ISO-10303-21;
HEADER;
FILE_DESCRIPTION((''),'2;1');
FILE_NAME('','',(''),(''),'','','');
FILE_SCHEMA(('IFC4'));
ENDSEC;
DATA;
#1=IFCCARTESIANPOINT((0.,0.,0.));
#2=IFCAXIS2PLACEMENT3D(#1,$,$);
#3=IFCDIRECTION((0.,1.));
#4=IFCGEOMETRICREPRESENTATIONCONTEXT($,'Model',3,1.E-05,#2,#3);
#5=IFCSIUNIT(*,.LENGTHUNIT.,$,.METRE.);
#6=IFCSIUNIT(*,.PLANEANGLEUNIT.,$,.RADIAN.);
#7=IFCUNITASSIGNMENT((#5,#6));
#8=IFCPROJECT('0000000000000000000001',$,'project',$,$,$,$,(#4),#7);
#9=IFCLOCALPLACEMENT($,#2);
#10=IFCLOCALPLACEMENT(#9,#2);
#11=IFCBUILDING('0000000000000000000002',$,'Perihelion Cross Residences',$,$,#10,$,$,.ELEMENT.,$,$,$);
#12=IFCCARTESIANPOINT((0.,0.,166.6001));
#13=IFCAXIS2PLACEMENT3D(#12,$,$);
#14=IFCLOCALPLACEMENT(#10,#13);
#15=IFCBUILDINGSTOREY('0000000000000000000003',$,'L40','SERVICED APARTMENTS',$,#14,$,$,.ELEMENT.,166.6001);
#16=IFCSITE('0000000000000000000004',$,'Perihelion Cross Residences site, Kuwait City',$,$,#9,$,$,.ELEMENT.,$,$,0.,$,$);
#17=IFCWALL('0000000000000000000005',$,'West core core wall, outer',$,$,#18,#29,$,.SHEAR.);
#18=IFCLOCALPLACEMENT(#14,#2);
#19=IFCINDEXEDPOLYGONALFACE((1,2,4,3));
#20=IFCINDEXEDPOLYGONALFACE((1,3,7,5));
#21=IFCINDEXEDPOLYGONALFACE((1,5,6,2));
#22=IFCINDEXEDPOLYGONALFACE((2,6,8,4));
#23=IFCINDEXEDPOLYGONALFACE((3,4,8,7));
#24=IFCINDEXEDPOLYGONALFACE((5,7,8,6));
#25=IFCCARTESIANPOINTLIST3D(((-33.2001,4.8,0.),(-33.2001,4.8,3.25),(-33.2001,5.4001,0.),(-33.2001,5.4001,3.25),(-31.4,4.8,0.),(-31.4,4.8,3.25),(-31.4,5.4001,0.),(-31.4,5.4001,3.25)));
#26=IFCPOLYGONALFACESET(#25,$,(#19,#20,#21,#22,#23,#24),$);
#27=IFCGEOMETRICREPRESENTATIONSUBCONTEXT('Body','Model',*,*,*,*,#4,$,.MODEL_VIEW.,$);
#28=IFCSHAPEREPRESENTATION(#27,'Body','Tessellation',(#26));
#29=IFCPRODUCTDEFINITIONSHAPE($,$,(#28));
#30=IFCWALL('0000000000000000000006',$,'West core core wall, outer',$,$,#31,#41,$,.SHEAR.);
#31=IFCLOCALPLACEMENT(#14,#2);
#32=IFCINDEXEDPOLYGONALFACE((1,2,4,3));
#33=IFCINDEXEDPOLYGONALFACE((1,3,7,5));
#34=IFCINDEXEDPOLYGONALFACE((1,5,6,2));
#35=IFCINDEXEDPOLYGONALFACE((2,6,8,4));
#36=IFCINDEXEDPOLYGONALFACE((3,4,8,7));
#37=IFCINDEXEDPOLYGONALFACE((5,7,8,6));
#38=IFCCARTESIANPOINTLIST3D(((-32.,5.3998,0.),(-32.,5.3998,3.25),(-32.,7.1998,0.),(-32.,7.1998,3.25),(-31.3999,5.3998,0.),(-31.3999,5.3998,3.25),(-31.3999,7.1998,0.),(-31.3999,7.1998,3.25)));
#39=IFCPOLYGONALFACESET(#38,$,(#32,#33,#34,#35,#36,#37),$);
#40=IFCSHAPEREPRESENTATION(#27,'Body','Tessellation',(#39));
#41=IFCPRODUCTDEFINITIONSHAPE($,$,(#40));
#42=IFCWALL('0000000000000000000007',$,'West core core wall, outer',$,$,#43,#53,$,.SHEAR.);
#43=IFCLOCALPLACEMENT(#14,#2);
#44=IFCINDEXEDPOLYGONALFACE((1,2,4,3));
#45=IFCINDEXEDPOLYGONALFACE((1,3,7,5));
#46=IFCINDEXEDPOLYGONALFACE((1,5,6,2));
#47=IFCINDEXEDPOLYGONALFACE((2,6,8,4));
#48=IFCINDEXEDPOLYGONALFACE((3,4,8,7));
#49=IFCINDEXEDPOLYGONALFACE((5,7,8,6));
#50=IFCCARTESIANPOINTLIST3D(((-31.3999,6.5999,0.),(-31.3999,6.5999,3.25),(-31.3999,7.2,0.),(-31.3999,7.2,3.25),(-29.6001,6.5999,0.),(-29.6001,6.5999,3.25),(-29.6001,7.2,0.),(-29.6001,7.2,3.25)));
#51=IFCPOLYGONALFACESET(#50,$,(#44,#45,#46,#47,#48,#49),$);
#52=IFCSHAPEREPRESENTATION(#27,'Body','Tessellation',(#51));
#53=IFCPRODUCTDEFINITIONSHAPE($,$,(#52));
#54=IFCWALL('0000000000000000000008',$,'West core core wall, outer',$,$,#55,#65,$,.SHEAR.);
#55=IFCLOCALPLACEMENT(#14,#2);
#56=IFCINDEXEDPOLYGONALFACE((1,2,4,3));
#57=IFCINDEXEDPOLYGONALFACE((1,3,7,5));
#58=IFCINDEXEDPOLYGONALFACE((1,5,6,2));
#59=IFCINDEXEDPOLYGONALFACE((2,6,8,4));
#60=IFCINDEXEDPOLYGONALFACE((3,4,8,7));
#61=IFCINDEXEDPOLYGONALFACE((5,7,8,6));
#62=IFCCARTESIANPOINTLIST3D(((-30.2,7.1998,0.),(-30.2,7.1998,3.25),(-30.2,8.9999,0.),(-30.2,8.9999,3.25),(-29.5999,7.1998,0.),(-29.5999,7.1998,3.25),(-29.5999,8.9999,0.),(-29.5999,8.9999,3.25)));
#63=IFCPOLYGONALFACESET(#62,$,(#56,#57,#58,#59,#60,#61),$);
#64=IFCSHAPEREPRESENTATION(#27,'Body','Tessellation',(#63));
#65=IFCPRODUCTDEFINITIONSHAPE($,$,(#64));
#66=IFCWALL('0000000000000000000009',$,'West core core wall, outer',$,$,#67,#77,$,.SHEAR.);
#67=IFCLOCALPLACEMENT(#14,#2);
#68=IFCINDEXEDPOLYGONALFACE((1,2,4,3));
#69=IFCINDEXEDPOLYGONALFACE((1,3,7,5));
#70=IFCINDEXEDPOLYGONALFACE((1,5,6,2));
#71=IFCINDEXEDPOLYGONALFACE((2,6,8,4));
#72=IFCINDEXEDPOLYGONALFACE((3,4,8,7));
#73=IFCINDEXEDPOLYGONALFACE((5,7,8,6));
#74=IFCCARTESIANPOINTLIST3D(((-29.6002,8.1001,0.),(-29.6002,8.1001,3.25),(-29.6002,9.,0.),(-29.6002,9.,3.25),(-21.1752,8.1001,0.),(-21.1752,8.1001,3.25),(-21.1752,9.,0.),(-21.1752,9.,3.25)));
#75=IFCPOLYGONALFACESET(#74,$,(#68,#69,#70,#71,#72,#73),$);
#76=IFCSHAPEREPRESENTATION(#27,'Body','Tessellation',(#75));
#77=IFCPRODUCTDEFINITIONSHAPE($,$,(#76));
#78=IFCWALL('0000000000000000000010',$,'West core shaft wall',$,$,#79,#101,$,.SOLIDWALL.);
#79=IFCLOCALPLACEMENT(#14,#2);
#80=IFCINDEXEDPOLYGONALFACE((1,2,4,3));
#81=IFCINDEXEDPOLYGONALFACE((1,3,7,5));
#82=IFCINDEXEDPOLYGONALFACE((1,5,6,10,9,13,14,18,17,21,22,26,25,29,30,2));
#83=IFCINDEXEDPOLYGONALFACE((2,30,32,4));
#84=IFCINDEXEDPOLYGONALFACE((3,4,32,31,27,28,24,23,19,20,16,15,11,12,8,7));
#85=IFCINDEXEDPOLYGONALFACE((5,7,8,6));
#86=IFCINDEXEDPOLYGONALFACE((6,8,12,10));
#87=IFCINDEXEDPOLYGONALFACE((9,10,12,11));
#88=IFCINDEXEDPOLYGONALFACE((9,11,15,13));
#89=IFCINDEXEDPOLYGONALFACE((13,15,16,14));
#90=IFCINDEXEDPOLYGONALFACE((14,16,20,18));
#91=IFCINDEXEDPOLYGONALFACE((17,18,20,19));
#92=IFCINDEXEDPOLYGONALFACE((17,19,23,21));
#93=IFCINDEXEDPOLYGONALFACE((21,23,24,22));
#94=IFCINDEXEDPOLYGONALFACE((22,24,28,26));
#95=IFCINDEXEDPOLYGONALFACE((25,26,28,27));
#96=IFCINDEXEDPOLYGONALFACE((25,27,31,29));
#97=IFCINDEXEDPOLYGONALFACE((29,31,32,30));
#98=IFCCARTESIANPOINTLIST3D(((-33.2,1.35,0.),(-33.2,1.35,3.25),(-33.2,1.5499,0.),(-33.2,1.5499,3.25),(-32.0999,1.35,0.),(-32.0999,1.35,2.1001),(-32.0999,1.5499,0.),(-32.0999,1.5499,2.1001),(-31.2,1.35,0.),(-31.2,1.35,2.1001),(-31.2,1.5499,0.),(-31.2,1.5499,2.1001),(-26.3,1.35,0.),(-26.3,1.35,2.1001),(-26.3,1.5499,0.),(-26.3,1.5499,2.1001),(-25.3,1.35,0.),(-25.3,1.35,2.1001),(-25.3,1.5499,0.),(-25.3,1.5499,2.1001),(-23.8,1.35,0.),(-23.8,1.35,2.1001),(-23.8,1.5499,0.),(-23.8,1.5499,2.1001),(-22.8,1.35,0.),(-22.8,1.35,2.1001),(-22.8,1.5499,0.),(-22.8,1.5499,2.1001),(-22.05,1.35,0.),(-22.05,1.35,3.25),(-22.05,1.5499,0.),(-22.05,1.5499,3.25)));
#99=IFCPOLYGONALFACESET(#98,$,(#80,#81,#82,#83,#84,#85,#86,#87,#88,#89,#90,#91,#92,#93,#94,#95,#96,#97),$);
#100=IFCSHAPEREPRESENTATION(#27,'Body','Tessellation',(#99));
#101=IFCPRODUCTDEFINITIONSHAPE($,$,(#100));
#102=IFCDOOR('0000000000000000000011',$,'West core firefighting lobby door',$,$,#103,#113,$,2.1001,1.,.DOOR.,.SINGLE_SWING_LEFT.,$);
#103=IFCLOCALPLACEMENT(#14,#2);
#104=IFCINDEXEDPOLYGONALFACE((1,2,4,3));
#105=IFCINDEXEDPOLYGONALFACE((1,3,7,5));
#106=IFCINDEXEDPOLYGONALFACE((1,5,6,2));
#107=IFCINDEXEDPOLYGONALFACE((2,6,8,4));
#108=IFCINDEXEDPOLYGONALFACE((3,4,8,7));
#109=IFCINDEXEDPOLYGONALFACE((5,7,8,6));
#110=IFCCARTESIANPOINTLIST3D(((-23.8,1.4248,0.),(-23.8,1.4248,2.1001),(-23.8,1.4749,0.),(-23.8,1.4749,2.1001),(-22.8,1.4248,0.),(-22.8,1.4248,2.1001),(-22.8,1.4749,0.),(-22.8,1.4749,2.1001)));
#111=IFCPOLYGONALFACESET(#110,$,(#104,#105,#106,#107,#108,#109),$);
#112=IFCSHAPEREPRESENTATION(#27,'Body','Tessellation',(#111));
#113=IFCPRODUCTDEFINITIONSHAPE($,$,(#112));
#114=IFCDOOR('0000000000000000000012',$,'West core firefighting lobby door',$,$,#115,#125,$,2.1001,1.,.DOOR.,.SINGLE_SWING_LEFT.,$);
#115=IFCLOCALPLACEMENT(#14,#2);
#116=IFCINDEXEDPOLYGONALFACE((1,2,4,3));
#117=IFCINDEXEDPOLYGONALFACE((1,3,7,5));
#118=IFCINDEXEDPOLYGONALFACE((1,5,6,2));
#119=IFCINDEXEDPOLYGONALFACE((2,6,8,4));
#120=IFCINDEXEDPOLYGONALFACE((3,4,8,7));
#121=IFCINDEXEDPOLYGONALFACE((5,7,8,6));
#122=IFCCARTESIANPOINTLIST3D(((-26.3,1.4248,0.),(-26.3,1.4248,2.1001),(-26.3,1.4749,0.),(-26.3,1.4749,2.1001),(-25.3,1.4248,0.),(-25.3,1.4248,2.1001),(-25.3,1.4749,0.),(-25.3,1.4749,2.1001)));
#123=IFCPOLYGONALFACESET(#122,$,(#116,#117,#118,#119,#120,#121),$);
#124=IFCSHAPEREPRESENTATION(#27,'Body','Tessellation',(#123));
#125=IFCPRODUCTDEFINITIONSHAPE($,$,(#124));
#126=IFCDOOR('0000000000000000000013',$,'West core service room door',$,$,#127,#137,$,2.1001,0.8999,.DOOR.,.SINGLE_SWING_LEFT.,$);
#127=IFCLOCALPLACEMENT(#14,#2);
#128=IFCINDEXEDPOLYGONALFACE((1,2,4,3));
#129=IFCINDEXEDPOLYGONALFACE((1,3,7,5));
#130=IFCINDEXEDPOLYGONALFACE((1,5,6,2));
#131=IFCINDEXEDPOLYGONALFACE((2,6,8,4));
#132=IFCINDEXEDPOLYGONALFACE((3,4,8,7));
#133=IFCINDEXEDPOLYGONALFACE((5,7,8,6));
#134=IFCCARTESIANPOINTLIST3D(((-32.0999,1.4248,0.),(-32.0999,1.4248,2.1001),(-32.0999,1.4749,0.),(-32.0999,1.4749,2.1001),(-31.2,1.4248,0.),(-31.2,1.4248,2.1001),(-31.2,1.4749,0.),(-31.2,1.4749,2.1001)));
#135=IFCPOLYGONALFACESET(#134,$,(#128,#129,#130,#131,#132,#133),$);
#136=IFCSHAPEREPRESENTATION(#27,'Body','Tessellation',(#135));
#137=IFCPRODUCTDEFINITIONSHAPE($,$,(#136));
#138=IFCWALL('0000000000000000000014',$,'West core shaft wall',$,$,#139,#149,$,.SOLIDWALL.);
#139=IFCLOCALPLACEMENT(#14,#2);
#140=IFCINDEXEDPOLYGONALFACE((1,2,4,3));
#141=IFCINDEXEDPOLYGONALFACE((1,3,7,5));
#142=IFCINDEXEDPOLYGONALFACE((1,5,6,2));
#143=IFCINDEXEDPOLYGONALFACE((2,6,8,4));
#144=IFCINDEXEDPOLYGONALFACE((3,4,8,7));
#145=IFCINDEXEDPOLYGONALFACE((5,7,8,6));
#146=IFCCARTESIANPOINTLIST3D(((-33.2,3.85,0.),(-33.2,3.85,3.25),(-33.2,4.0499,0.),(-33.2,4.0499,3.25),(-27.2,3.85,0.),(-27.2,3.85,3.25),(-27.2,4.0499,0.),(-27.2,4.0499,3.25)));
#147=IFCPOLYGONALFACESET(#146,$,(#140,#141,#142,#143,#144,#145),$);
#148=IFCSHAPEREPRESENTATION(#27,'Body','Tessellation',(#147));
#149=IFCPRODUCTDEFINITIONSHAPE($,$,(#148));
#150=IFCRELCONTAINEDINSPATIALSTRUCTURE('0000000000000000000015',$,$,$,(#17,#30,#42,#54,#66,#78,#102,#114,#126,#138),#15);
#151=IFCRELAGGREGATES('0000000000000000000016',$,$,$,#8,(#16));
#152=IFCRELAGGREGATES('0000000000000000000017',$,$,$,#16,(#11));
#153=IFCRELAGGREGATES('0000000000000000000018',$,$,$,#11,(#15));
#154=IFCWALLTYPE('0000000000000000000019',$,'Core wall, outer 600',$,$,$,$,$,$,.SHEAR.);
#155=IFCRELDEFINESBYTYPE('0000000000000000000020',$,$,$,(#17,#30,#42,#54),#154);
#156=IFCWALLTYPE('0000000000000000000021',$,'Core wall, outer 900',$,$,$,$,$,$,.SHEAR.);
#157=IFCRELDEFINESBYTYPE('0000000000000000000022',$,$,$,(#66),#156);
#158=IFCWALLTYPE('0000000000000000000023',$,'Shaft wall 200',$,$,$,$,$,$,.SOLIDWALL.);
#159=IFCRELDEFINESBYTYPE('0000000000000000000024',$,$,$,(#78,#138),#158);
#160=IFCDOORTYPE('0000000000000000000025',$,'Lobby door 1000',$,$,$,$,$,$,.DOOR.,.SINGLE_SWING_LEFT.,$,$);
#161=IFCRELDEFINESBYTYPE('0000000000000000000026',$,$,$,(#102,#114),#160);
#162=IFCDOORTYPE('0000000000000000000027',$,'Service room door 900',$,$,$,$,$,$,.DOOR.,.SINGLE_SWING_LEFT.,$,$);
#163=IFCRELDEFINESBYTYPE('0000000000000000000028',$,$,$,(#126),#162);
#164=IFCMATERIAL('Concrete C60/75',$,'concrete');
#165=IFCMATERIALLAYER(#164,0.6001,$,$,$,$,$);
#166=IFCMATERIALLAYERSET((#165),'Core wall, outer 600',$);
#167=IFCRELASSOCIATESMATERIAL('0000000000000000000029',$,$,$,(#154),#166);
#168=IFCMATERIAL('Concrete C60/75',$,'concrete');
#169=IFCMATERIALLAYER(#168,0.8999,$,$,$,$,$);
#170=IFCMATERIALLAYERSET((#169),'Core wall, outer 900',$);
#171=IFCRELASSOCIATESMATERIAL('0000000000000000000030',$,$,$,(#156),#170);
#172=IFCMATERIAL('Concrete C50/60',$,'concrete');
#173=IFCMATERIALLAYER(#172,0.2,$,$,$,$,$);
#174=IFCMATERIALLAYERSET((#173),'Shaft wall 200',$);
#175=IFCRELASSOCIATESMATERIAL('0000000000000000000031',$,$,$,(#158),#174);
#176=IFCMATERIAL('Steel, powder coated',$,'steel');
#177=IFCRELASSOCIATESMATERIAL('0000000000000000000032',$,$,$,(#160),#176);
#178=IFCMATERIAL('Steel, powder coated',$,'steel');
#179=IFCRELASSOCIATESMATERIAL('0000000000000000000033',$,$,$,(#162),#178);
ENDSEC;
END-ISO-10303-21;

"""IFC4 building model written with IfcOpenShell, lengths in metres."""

from ifc_helpers import new_model, si_unit, direction, frame, frame_2d, origin, place, context, subcontext, project, spatial, rectangle, extrude, material, layer, layer_set, type_object, element, fill, save


model = new_model("IFC4")

# Units and contexts
model_context = context("Model", 3, precision=1e-05, world=origin(), true_north=direction((0.0, 1.0)))
body_context = subcontext(model_context, "Body", "Model", "MODEL_VIEW")
ifc_project = project(units=[si_unit("LENGTHUNIT", "METRE"), si_unit("PLANEANGLEUNIT", "RADIAN")], contexts=[model_context])

# Site, building, storey
site_placement = place(None, origin())
site = spatial("IfcSite", under=ifc_project, at=site_placement, Name="Perihelion Cross Residences site, Kuwait City", CompositionType="ELEMENT", RefElevation=0.0)
building_placement = place(site_placement, origin())
building = spatial("IfcBuilding", under=site, at=building_placement, Name="Perihelion Cross Residences", CompositionType="ELEMENT")
storey_placement = place(building_placement, frame((0.0, 0.0, 166.6001)))
storey = spatial("IfcBuildingStorey", under=building, at=storey_placement, Name="L40", Description="SERVICED APARTMENTS", CompositionType="ELEMENT", Elevation=166.6001)

# Walls
ifc_material_1 = material(Name="Concrete C60/75", Category="concrete")
ifc_layer_1 = layer(ifc_material_1, 0.6001)
ifc_layer_set_1 = layer_set([ifc_layer_1], Name="Core wall, outer 600")
wall_type_1 = type_object("IfcWallType", Name="Core wall, outer 600", PredefinedType="SHEAR", material=ifc_layer_set_1)
for number, where, z_axis, x_axis, name in (
    (1, (-33.2, 5.1001, 0.0), (0.0, 0.0, 1.0), (1.0, 0.0, 0.0), "West core core wall, outer"),
    (2, (-31.7, 5.3999, 0.0), (0.0, 0.0, 1.0), (0.0, 1.0, 0.0), "West core core wall, outer"),
):
    element("IfcWall", number, at=place(storey_placement, frame(where, z_axis=z_axis, x_axis=x_axis)), inside=storey, type_object=wall_type_1, Name=name, PredefinedType="SHEAR", context=body_context, shape_type="SweptSolid", body=[
        extrude(rectangle(XDim=1.8, YDim=0.6001, at=frame_2d((0.8999, 0.0))), origin(), (0.0, 0.0, 1.0), 3.25),
    ])
wall_1_placement = place(storey_placement, frame((-31.3999, 6.8999, 0.0), z_axis=(0.0, 0.0, 1.0), x_axis=(1.0, 0.0, 0.0)))
element("IfcWall", 3, at=wall_1_placement, inside=storey, type_object=wall_type_1, Name="West core core wall, outer", PredefinedType="SHEAR", context=body_context, shape_type="SweptSolid", body=[
    extrude(rectangle(XDim=1.7998, YDim=0.6001, at=frame_2d((0.8999, 0.0))), origin(), (0.0, 0.0, 1.0), 3.25),
])
wall_2_placement = place(storey_placement, frame((-29.8999, 7.2, 0.0), z_axis=(0.0, 0.0, 1.0), x_axis=(0.0, 1.0, 0.0)))
element("IfcWall", 4, at=wall_2_placement, inside=storey, type_object=wall_type_1, Name="West core core wall, outer", PredefinedType="SHEAR", context=body_context, shape_type="SweptSolid", body=[
    extrude(rectangle(XDim=1.8, YDim=0.6001, at=frame_2d((0.8999, 0.0))), origin(), (0.0, 0.0, 1.0), 3.25),
])
ifc_material_2 = material(Name="Concrete C60/75", Category="concrete")
ifc_layer_2 = layer(ifc_material_2, 0.8999)
ifc_layer_set_2 = layer_set([ifc_layer_2], Name="Core wall, outer 900")
wall_type_2 = type_object("IfcWallType", Name="Core wall, outer 900", PredefinedType="SHEAR", material=ifc_layer_set_2)
wall_3_placement = place(storey_placement, frame((-29.6001, 8.55, 0.0), z_axis=(0.0, 0.0, 1.0), x_axis=(1.0, 0.0, 0.0)))
element("IfcWall", 5, at=wall_3_placement, inside=storey, type_object=wall_type_2, Name="West core core wall, outer", PredefinedType="SHEAR", context=body_context, shape_type="SweptSolid", body=[
    extrude(rectangle(XDim=8.425, YDim=0.8999, at=frame_2d((4.2124, 0.0))), origin(), (0.0, 0.0, 1.0), 3.25),
])

# Wall, openings, doors
ifc_material_3 = material(Name="Concrete C50/60", Category="concrete")
ifc_layer_3 = layer(ifc_material_3, 0.2)
ifc_layer_set_3 = layer_set([ifc_layer_3], Name="Shaft wall 200")
wall_type_3 = type_object("IfcWallType", Name="Shaft wall 200", PredefinedType="SOLIDWALL", material=ifc_layer_set_3)
wall_4_placement = place(storey_placement, frame((-33.2, 1.45, 0.0), z_axis=(0.0, 0.0, 1.0), x_axis=(1.0, 0.0, 0.0)))
wall_4 = element("IfcWall", 6, at=wall_4_placement, inside=storey, type_object=wall_type_3, Name="West core shaft wall", PredefinedType="SOLIDWALL", context=body_context, shape_type="SweptSolid", body=[
    extrude(rectangle(XDim=11.1499, YDim=0.2, at=frame_2d((5.575, 0.0))), origin(), (0.0, 0.0, 1.0), 3.25),
])
opening_1_placement = place(wall_4_placement, frame((9.3999, 0.0, 0.0)))
opening_1 = element("IfcOpeningElement", 7, at=opening_1_placement, cuts=wall_4, PredefinedType="OPENING", context=body_context, shape_type="SweptSolid", body=[
    extrude(rectangle(XDim=1.0, YDim=2.1001, at=frame_2d((0.5, 1.05))), frame((0.0, 0.1099, 0.0), z_axis=(0.0, -1.0, 0.0), x_axis=(1.0, 0.0, 0.0)), (0.0, 0.0, 1.0), 0.22),
])
opening_2_placement = place(wall_4_placement, frame((6.8999, 0.0, 0.0)))
opening_2 = element("IfcOpeningElement", 8, at=opening_2_placement, cuts=wall_4, PredefinedType="OPENING", context=body_context, shape_type="SweptSolid", body=[
    extrude(rectangle(XDim=1.0, YDim=2.1001, at=frame_2d((0.5, 1.05))), frame((0.0, 0.1099, 0.0), z_axis=(0.0, -1.0, 0.0), x_axis=(1.0, 0.0, 0.0)), (0.0, 0.0, 1.0), 0.22),
])
opening_3_placement = place(wall_4_placement, frame((1.1001, 0.0, 0.0)))
opening_3 = element("IfcOpeningElement", 9, at=opening_3_placement, cuts=wall_4, PredefinedType="OPENING", context=body_context, shape_type="SweptSolid", body=[
    extrude(rectangle(XDim=0.8999, YDim=2.1001, at=frame_2d((0.45, 1.05))), frame((0.0, 0.1099, 0.0), z_axis=(0.0, -1.0, 0.0), x_axis=(1.0, 0.0, 0.0)), (0.0, 0.0, 1.0), 0.22),
])
ifc_material_4 = material(Name="Steel, powder coated", Category="steel")
door_type_1 = type_object("IfcDoorType", Name="Lobby door 1000", OperationType="SINGLE_SWING_LEFT", PredefinedType="DOOR", material=ifc_material_4)
door_1_placement = place(opening_1_placement, origin())
door_1 = element("IfcDoor", 10, at=door_1_placement, inside=storey, type_object=door_type_1, Name="West core firefighting lobby door", OperationType="SINGLE_SWING_LEFT", OverallHeight=2.1001, OverallWidth=1.0, PredefinedType="DOOR", context=body_context, shape_type="SweptSolid", body=[
    extrude(rectangle(XDim=1.0, YDim=2.1001, at=frame_2d((0.5, 1.05))), frame((0.0, 0.0249, 0.0), z_axis=(0.0, -1.0, 0.0), x_axis=(1.0, 0.0, 0.0)), (0.0, 0.0, 1.0), 0.05),
])
fill(opening_1, door_1)
door_2_placement = place(opening_2_placement, origin())
door_2 = element("IfcDoor", 11, at=door_2_placement, inside=storey, type_object=door_type_1, Name="West core firefighting lobby door", OperationType="SINGLE_SWING_LEFT", OverallHeight=2.1001, OverallWidth=1.0, PredefinedType="DOOR", context=body_context, shape_type="SweptSolid", body=[
    extrude(rectangle(XDim=1.0, YDim=2.1001, at=frame_2d((0.5, 1.05))), frame((0.0, 0.0249, 0.0), z_axis=(0.0, -1.0, 0.0), x_axis=(1.0, 0.0, 0.0)), (0.0, 0.0, 1.0), 0.05),
])
fill(opening_2, door_2)
ifc_material_5 = material(Name="Steel, powder coated", Category="steel")
door_type_2 = type_object("IfcDoorType", Name="Service room door 900", OperationType="SINGLE_SWING_LEFT", PredefinedType="DOOR", material=ifc_material_5)
door_3_placement = place(opening_3_placement, origin())
door_3 = element("IfcDoor", 12, at=door_3_placement, inside=storey, type_object=door_type_2, Name="West core service room door", OperationType="SINGLE_SWING_LEFT", OverallHeight=2.1001, OverallWidth=0.8999, PredefinedType="DOOR", context=body_context, shape_type="SweptSolid", body=[
    extrude(rectangle(XDim=0.8999, YDim=2.1001, at=frame_2d((0.45, 1.05))), frame((0.0, 0.0249, 0.0), z_axis=(0.0, -1.0, 0.0), x_axis=(1.0, 0.0, 0.0)), (0.0, 0.0, 1.0), 0.05),
])
fill(opening_3, door_3)

# Wall
wall_5_placement = place(storey_placement, frame((-33.2, 3.95, 0.0), z_axis=(0.0, 0.0, 1.0), x_axis=(1.0, 0.0, 0.0)))
element("IfcWall", 13, at=wall_5_placement, inside=storey, type_object=wall_type_3, Name="West core shaft wall", PredefinedType="SOLIDWALL", context=body_context, shape_type="SweptSolid", body=[
    extrude(rectangle(XDim=6.0, YDim=0.2, at=frame_2d((3.0, 0.0))), origin(), (0.0, 0.0, 1.0), 3.25),
])

save(model, "model.ifc")
